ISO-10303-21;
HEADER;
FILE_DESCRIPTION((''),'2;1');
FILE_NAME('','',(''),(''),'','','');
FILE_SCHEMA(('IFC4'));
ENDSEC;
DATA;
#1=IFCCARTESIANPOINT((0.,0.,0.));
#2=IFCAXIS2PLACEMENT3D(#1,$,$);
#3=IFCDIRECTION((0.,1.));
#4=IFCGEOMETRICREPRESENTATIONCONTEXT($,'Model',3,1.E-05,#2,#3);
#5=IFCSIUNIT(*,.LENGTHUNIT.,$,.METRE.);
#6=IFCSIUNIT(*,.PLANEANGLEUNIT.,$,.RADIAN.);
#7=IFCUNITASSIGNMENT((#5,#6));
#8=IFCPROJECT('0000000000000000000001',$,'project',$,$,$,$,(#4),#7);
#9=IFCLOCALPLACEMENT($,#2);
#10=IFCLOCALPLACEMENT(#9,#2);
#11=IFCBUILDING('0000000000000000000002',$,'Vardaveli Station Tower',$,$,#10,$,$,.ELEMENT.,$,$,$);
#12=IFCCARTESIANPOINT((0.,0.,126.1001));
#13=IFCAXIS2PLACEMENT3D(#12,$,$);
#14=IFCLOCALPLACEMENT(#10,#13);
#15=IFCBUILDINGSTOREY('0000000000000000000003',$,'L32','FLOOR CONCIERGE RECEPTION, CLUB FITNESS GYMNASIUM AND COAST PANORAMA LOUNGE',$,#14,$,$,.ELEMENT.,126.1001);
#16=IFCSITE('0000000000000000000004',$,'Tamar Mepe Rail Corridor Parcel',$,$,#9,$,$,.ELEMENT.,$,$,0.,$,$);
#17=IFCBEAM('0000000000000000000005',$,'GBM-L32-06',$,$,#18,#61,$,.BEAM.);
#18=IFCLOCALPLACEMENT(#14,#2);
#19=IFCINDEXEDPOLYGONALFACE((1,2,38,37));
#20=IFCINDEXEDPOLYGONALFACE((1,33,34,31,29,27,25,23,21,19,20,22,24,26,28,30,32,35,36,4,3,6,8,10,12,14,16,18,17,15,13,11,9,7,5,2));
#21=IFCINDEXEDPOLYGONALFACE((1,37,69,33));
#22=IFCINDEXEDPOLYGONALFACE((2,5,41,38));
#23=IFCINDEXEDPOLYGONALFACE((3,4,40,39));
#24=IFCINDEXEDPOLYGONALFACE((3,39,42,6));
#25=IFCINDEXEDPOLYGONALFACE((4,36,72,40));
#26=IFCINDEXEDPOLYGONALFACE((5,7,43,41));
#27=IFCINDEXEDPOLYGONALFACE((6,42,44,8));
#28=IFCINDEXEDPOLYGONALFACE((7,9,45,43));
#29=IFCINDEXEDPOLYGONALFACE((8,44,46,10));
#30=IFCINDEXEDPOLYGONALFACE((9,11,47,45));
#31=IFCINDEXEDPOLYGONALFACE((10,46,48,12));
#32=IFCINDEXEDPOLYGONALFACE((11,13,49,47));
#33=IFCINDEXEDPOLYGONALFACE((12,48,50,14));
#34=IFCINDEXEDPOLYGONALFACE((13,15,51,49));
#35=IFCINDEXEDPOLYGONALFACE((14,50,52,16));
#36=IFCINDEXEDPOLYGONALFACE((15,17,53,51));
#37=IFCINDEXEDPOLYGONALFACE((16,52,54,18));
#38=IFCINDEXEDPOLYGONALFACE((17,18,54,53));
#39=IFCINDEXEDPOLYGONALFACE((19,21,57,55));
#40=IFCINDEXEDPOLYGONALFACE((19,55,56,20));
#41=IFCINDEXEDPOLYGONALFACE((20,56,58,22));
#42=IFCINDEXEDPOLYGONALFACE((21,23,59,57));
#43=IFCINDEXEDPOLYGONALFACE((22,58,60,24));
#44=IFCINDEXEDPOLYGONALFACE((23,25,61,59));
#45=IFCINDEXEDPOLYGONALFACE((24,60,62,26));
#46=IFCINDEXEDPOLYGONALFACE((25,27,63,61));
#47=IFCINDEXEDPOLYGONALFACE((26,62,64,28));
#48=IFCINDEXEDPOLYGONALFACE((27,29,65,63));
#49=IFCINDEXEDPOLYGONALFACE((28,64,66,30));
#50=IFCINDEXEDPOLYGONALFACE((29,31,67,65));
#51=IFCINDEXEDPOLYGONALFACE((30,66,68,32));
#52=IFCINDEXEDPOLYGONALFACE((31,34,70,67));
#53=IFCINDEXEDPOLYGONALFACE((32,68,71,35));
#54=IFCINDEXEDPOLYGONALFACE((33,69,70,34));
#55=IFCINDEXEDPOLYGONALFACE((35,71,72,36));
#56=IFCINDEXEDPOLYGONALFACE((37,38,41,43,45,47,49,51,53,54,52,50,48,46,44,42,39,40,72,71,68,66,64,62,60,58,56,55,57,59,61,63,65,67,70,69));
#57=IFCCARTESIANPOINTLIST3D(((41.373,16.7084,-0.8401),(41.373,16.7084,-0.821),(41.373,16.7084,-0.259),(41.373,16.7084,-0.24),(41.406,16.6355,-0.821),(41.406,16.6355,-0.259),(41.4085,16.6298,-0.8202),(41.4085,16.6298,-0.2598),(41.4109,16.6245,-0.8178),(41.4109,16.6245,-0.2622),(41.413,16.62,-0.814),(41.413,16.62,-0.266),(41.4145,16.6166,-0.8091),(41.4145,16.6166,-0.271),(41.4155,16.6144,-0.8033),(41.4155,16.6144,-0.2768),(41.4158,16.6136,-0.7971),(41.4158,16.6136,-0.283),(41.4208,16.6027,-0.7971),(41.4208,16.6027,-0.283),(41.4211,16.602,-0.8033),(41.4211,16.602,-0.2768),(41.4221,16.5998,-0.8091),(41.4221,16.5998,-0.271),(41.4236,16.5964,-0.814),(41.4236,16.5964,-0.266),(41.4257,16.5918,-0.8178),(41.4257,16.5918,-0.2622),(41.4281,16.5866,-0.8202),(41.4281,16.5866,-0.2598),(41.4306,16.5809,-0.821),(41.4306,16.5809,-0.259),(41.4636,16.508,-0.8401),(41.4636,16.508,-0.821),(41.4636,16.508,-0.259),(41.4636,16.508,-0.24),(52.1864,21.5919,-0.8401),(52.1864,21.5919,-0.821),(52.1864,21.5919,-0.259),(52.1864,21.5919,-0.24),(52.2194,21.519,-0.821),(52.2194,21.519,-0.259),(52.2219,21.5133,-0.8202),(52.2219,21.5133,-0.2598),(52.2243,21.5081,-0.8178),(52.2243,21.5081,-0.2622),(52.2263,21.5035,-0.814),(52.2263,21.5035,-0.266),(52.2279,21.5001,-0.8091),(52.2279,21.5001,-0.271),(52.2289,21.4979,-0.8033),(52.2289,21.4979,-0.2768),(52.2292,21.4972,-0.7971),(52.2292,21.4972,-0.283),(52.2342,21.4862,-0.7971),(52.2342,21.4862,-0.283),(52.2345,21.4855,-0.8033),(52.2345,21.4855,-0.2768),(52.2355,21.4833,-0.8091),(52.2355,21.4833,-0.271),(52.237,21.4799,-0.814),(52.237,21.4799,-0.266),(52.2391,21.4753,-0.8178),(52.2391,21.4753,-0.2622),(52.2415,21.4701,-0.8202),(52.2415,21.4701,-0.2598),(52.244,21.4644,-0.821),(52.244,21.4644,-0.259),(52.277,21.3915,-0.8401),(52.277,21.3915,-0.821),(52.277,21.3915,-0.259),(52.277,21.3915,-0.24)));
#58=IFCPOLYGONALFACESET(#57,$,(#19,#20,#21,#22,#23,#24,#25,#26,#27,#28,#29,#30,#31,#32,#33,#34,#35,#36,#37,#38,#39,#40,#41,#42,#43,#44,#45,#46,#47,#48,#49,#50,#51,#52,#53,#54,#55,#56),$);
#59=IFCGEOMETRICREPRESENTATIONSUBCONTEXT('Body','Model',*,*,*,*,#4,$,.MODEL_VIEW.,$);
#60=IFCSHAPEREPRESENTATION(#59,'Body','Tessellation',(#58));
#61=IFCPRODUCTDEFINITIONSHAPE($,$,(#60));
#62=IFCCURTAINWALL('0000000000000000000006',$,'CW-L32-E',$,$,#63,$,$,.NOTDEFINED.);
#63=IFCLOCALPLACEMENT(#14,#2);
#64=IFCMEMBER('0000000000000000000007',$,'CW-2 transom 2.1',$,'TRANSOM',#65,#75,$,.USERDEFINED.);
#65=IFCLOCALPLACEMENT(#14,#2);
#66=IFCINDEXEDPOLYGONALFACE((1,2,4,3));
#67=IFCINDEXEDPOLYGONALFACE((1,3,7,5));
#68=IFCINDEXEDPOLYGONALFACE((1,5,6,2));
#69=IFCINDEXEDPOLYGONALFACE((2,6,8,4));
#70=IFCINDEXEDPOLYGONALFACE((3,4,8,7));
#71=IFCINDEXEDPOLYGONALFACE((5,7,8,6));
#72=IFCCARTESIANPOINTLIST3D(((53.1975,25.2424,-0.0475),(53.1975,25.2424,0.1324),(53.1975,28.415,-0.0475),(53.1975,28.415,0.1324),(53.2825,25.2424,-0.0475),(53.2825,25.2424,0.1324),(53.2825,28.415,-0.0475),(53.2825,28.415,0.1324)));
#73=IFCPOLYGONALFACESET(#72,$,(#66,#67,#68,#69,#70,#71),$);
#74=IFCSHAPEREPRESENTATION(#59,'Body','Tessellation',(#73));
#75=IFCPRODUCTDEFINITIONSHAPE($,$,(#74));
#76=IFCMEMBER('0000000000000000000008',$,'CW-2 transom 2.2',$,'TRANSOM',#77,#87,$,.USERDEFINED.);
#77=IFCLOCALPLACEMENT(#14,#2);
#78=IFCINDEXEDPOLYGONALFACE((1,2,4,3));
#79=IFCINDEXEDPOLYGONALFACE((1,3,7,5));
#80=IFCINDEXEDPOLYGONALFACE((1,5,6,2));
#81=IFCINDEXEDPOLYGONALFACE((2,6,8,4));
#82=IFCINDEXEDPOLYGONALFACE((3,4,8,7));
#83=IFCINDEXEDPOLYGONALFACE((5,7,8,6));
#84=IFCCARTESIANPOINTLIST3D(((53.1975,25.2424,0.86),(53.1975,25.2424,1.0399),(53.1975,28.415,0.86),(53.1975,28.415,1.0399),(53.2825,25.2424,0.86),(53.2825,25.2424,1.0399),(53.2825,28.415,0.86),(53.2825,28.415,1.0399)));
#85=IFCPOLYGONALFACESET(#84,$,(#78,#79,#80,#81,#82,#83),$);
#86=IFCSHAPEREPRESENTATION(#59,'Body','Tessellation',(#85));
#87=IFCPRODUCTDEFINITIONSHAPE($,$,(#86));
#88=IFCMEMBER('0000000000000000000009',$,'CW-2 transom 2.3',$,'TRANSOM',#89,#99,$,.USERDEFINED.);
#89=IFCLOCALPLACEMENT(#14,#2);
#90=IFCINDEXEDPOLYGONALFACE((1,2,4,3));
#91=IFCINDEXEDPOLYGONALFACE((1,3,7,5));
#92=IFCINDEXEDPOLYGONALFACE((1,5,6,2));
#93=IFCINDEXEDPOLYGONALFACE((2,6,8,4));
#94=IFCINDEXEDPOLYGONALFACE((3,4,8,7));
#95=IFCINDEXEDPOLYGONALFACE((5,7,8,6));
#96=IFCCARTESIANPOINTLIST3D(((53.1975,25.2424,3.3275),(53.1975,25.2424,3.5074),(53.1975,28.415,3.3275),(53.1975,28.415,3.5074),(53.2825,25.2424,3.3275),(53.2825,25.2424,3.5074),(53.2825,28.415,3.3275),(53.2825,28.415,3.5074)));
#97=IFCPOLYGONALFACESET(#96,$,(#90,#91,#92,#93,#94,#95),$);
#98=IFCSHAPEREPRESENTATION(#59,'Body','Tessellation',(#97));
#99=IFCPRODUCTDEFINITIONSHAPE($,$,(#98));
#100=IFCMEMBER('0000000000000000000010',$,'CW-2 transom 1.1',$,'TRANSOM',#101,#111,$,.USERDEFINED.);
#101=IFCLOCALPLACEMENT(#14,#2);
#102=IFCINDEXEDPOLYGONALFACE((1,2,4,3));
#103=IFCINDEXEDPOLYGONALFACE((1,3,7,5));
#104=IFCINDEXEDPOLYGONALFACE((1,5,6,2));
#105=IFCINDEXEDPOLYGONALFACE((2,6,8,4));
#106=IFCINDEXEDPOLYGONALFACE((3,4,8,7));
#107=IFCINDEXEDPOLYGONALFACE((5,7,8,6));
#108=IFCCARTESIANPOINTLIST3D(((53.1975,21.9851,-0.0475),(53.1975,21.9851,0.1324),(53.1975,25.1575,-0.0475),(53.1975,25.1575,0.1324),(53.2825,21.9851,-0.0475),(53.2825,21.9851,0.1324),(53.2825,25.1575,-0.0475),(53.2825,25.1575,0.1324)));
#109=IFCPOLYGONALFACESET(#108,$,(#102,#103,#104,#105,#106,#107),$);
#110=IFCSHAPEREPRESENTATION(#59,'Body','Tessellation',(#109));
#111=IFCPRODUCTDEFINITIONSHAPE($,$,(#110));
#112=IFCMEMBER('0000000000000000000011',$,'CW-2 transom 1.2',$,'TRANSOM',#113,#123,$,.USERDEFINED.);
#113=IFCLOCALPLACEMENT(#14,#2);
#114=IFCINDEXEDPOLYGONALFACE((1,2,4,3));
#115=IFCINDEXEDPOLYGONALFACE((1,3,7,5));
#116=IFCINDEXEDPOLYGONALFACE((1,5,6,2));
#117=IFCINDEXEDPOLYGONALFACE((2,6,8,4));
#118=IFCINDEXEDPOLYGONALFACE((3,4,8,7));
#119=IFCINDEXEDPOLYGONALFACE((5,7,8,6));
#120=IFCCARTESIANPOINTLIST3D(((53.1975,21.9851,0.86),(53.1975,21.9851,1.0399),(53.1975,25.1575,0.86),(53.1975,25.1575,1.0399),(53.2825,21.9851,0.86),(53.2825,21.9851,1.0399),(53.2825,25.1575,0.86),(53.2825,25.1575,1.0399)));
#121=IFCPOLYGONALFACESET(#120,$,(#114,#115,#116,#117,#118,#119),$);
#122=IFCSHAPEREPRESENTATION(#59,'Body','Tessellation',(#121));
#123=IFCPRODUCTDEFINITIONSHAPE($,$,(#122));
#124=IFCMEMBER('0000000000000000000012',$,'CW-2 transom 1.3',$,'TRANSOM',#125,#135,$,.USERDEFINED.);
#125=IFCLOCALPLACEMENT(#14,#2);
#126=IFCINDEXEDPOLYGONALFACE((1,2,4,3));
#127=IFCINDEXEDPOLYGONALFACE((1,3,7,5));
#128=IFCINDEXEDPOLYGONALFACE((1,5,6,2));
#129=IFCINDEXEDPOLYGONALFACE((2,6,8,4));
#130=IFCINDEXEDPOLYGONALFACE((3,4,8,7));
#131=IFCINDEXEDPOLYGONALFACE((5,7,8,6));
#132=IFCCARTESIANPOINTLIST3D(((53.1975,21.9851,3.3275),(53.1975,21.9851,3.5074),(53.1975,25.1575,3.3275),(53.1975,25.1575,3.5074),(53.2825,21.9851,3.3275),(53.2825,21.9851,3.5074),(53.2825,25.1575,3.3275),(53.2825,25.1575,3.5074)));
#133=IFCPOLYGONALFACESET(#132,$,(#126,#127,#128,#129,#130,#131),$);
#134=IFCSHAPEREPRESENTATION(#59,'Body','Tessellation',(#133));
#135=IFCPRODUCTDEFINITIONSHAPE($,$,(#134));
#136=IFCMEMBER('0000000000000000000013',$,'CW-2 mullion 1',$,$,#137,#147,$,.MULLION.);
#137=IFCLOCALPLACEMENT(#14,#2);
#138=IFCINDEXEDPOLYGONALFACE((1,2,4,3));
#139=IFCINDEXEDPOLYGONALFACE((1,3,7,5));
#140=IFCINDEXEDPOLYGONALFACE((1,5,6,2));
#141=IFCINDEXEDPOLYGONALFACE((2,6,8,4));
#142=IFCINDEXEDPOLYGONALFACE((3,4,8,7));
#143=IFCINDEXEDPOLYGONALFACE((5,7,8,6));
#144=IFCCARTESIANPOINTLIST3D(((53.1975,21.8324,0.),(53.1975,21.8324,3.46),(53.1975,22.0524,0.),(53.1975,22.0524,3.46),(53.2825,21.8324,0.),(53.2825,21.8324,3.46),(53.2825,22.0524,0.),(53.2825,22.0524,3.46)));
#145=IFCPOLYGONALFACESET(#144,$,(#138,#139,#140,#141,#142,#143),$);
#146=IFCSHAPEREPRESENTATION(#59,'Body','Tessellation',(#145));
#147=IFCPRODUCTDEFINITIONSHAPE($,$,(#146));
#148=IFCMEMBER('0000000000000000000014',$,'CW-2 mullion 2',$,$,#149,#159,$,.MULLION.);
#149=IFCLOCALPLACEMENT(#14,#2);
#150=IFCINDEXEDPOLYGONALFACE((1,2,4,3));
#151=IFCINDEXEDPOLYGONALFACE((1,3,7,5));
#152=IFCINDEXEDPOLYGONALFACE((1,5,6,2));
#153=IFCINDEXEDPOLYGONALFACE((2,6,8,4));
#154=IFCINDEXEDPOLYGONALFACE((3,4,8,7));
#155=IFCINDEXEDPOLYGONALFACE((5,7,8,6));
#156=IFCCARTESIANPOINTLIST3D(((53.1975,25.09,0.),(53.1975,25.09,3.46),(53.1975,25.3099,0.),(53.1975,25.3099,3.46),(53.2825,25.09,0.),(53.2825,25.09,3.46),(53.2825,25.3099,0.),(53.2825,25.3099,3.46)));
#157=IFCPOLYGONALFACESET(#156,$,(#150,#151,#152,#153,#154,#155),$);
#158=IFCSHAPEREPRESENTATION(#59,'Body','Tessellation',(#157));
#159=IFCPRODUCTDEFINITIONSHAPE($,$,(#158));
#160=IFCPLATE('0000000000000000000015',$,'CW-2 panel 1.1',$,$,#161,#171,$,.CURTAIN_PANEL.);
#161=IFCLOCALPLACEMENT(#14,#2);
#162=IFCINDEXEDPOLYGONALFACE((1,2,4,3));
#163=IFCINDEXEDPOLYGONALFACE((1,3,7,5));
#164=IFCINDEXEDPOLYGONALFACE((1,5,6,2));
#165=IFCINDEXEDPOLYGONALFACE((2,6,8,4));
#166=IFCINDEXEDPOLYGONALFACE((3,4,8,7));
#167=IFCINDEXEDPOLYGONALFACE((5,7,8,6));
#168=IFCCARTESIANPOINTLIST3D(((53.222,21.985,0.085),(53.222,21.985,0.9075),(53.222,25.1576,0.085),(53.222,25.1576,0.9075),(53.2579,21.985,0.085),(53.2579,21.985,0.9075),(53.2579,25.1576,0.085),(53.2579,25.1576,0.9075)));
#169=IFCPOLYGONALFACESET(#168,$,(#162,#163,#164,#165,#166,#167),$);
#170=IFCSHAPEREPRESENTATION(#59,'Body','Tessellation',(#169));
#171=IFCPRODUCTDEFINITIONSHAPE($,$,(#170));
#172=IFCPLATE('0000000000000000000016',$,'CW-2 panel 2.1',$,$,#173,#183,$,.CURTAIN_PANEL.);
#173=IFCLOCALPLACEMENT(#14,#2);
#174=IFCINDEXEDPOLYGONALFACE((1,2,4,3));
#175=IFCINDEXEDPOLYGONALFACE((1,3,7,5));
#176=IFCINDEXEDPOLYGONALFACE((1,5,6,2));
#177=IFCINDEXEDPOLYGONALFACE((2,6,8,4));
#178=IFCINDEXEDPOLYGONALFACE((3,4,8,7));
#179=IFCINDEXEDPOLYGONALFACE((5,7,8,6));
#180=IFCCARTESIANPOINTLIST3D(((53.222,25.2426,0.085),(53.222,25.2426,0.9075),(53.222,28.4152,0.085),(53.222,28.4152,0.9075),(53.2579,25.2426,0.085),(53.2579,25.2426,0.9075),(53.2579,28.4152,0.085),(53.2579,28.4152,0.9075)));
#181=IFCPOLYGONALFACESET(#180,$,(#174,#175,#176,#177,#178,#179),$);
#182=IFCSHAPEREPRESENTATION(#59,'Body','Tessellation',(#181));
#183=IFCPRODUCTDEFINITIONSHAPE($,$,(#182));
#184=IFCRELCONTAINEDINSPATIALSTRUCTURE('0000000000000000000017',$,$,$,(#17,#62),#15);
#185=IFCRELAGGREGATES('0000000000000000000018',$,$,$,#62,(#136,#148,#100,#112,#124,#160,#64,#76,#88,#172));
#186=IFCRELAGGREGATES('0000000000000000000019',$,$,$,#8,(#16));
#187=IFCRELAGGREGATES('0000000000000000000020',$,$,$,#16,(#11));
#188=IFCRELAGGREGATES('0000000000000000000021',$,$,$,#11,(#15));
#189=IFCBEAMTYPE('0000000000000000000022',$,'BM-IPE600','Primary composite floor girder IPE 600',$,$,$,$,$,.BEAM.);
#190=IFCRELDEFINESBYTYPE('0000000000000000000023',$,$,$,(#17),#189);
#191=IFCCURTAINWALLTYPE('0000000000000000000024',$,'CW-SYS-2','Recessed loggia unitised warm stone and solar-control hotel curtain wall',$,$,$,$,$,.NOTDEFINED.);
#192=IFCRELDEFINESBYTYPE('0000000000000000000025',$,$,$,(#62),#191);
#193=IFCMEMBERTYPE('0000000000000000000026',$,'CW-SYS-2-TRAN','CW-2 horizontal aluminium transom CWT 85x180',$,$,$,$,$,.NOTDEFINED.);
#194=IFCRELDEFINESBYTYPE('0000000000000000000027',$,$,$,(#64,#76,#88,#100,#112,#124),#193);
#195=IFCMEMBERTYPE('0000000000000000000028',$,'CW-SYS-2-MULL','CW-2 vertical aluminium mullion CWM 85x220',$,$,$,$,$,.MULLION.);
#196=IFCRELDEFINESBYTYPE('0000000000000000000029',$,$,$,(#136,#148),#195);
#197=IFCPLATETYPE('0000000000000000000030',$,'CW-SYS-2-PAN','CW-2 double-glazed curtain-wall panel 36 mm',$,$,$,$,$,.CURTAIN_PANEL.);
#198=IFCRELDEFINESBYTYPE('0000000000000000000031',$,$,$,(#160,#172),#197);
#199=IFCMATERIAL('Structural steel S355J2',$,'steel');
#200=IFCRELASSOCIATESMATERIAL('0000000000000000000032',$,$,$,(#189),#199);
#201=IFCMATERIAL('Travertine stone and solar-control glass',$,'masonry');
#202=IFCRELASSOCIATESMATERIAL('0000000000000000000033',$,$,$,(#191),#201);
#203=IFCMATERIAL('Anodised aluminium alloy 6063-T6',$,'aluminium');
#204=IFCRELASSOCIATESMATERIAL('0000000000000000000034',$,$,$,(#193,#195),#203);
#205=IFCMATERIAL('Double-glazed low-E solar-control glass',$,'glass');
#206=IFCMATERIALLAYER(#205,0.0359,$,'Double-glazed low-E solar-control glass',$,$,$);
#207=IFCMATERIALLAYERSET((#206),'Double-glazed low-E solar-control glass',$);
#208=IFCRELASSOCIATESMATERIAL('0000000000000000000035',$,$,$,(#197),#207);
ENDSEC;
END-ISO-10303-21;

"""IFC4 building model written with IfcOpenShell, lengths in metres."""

from ifc_helpers import new_model, si_unit, direction, frame, origin, origin_2d, place, context, subcontext, project, spatial, rectangle, i_section, extrude, source, transform, mapped, material, layer, layer_set, material_profile, profile_set, type_object, element, aggregate, save


model = new_model("IFC4")

# Units and contexts
model_context = context("Model", 3, precision=1e-05, world=origin(), true_north=direction((0.0, 1.0)))
body_context = subcontext(model_context, "Body", "Model", "MODEL_VIEW")
ifc_project = project(units=[si_unit("LENGTHUNIT", "METRE"), si_unit("PLANEANGLEUNIT", "RADIAN")], contexts=[model_context])

# Site, building, storey
site_placement = place(None, origin())
site = spatial("IfcSite", under=ifc_project, at=site_placement, Name="Tamar Mepe Rail Corridor Parcel", CompositionType="ELEMENT", RefElevation=0.0)
building_placement = place(site_placement, origin())
building = spatial("IfcBuilding", under=site, at=building_placement, Name="Vardaveli Station Tower", CompositionType="ELEMENT")
storey_placement = place(building_placement, frame((0.0, 0.0, 126.1001)))
storey = spatial("IfcBuildingStorey", under=building, at=storey_placement, Name="L32", Description="FLOOR CONCIERGE RECEPTION, CLUB FITNESS GYMNASIUM AND COAST PANORAMA LOUNGE", CompositionType="ELEMENT", Elevation=126.1001)

# Beam
ifc_material_1 = material(Name="Structural steel S355J2", Category="steel")
ifc_material_profile_1 = material_profile(ifc_material_1, i_section(OverallWidth=0.22, OverallDepth=0.6001, WebThickness=0.012, FlangeThickness=0.019, FilletRadius=0.0239, at=origin_2d()), Name="IPE 600")
ifc_profile_set_1 = profile_set([ifc_material_profile_1], Name="Structural steel S355J2")
beam_type_1 = type_object("IfcBeamType", Name="BM-IPE600", Description="Primary composite floor girder IPE 600", PredefinedType="BEAM", material=ifc_profile_set_1)
shared_shape_1 = source(origin(), body_context, "Body", "SweptSolid", [
    extrude(i_section(OverallWidth=0.22, OverallDepth=0.6001, WebThickness=0.012, FlangeThickness=0.019, FilletRadius=0.0239, at=origin_2d()), origin(), (0.0, 0.0, 1.0), 11.865),
])
beam_1_placement = place(storey_placement, frame((52.2317, 21.4917, -0.54), z_axis=(-0.911369, -0.411589, 0.0), x_axis=(0.411589, -0.911369, 0.0)))
element("IfcBeam", 1, at=beam_1_placement, inside=storey, type_object=beam_type_1, Name="GBM-L32-06", PredefinedType="BEAM", context=body_context, shape_type="MappedRepresentation", body=[
    mapped(shared_shape_1, transform((0.0, 0.0, 0.0), scale=1.0)),
])

# Curtain wall, members, plates
ifc_material_2 = material(Name="Travertine stone and solar-control glass", Category="masonry")
curtain_wall_type = type_object("IfcCurtainWallType", Name="CW-SYS-2", Description="Recessed loggia unitised warm stone and solar-control hotel curtain wall", PredefinedType="NOTDEFINED", material=ifc_material_2)
curtain_wall_placement = place(storey_placement, origin())
curtain_wall = element("IfcCurtainWall", 2, at=curtain_wall_placement, inside=storey, type_object=curtain_wall_type, Name="CW-L32-E", PredefinedType="NOTDEFINED")
ifc_material_3 = material(Name="Anodised aluminium alloy 6063-T6", Category="aluminium")
ifc_material_profile_2 = material_profile(ifc_material_3, rectangle(XDim=0.085, YDim=0.1799, at=origin_2d()), Name="CWT 85x180")
ifc_profile_set_2 = profile_set([ifc_material_profile_2], Name="Anodised aluminium alloy 6063-T6")
member_type_1 = type_object("IfcMemberType", Name="CW-SYS-2-TRAN", Description="CW-2 horizontal aluminium transom CWT 85x180", PredefinedType="NOTDEFINED", material=ifc_profile_set_2)
shared_shape_2 = source(origin(), body_context, "Body", "SweptSolid", [
    extrude(rectangle(XDim=0.085, YDim=0.1799, at=origin_2d()), origin(), (0.0, 0.0, 1.0), 3.1726),
])
member_1_placement = place(storey_placement, frame((53.24, 25.2424, 0.0425), z_axis=(0.0, 1.0, 0.0), x_axis=(-1.0, 0.0, 0.0)))
member_1 = element("IfcMember", 3, at=member_1_placement, type_object=member_type_1, Name="CW-2 transom 2.1", ObjectType="TRANSOM", PredefinedType="USERDEFINED", context=body_context, shape_type="MappedRepresentation", body=[
    mapped(shared_shape_2, transform((0.0, 0.0, 0.0), scale=1.0)),
])
member_2_placement = place(storey_placement, frame((53.24, 25.2424, 0.95), z_axis=(0.0, 1.0, 0.0), x_axis=(-1.0, 0.0, 0.0)))
member_2 = element("IfcMember", 4, at=member_2_placement, type_object=member_type_1, Name="CW-2 transom 2.2", ObjectType="TRANSOM", PredefinedType="USERDEFINED", context=body_context, shape_type="MappedRepresentation", body=[
    mapped(shared_shape_2, transform((0.0, 0.0, 0.0), scale=1.0)),
])
member_3_placement = place(storey_placement, frame((53.24, 25.2424, 3.4175), z_axis=(0.0, 1.0, 0.0), x_axis=(-1.0, 0.0, 0.0)))
member_3 = element("IfcMember", 5, at=member_3_placement, type_object=member_type_1, Name="CW-2 transom 2.3", ObjectType="TRANSOM", PredefinedType="USERDEFINED", context=body_context, shape_type="MappedRepresentation", body=[
    mapped(shared_shape_2, transform((0.0, 0.0, 0.0), scale=1.0)),
])
shared_shape_3 = source(origin(), body_context, "Body", "SweptSolid", [
    extrude(rectangle(XDim=0.085, YDim=0.1799, at=origin_2d()), origin(), (0.0, 0.0, 1.0), 3.1724),
])
member_4_placement = place(storey_placement, frame((53.24, 21.9851, 0.0425), z_axis=(0.0, 1.0, 0.0), x_axis=(-1.0, 0.0, 0.0)))
member_4 = element("IfcMember", 6, at=member_4_placement, type_object=member_type_1, Name="CW-2 transom 1.1", ObjectType="TRANSOM", PredefinedType="USERDEFINED", context=body_context, shape_type="MappedRepresentation", body=[
    mapped(shared_shape_3, transform((0.0, 0.0, 0.0), scale=1.0)),
])
member_5_placement = place(storey_placement, frame((53.24, 21.9851, 0.95), z_axis=(0.0, 1.0, 0.0), x_axis=(-1.0, 0.0, 0.0)))
member_5 = element("IfcMember", 7, at=member_5_placement, type_object=member_type_1, Name="CW-2 transom 1.2", ObjectType="TRANSOM", PredefinedType="USERDEFINED", context=body_context, shape_type="MappedRepresentation", body=[
    mapped(shared_shape_3, transform((0.0, 0.0, 0.0), scale=1.0)),
])
member_6_placement = place(storey_placement, frame((53.24, 21.9851, 3.4175), z_axis=(0.0, 1.0, 0.0), x_axis=(-1.0, 0.0, 0.0)))
member_6 = element("IfcMember", 8, at=member_6_placement, type_object=member_type_1, Name="CW-2 transom 1.3", ObjectType="TRANSOM", PredefinedType="USERDEFINED", context=body_context, shape_type="MappedRepresentation", body=[
    mapped(shared_shape_3, transform((0.0, 0.0, 0.0), scale=1.0)),
])
ifc_material_profile_3 = material_profile(ifc_material_3, rectangle(XDim=0.085, YDim=0.22, at=origin_2d()), Name="CWM 85x220")
ifc_profile_set_3 = profile_set([ifc_material_profile_3], Name="Anodised aluminium alloy 6063-T6")
member_type_2 = type_object("IfcMemberType", Name="CW-SYS-2-MULL", Description="CW-2 vertical aluminium mullion CWM 85x220", PredefinedType="MULLION", material=ifc_profile_set_3)
shared_shape_4 = source(origin(), body_context, "Body", "SweptSolid", [
    extrude(rectangle(XDim=0.085, YDim=0.22, at=origin_2d()), origin(), (0.0, 0.0, 1.0), 3.46),
])
member_7_placement = place(storey_placement, frame((53.24, 21.9424, 0.0), z_axis=(0.0, 0.0, 1.0), x_axis=(-1.0, 0.0, 0.0)))
member_7 = element("IfcMember", 9, at=member_7_placement, type_object=member_type_2, Name="CW-2 mullion 1", PredefinedType="MULLION", context=body_context, shape_type="MappedRepresentation", body=[
    mapped(shared_shape_4, transform((0.0, 0.0, 0.0), scale=1.0)),
])
member_8_placement = place(storey_placement, frame((53.24, 25.2, 0.0), z_axis=(0.0, 0.0, 1.0), x_axis=(-1.0, 0.0, 0.0)))
member_8 = element("IfcMember", 10, at=member_8_placement, type_object=member_type_2, Name="CW-2 mullion 2", PredefinedType="MULLION", context=body_context, shape_type="MappedRepresentation", body=[
    mapped(shared_shape_4, transform((0.0, 0.0, 0.0), scale=1.0)),
])
ifc_material_4 = material(Name="Double-glazed low-E solar-control glass", Category="glass")
ifc_layer_1 = layer(ifc_material_4, 0.0359, Name="Double-glazed low-E solar-control glass")
ifc_layer_set_1 = layer_set([ifc_layer_1], Name="Double-glazed low-E solar-control glass")
plate_type = type_object("IfcPlateType", Name="CW-SYS-2-PAN", Description="CW-2 double-glazed curtain-wall panel 36 mm", PredefinedType="CURTAIN_PANEL", material=ifc_layer_set_1)
shared_shape_5 = source(origin(), body_context, "Body", "SweptSolid", [
    extrude(rectangle(XDim=3.1726, YDim=0.0359, at=origin_2d()), origin(), (0.0, 0.0, 1.0), 0.8225),
])
plate_1_placement = place(storey_placement, frame((53.24, 23.5713, 0.085), z_axis=(0.0, 0.0, 1.0), x_axis=(0.0, 1.0, 0.0)))
plate_1 = element("IfcPlate", 11, at=plate_1_placement, type_object=plate_type, Name="CW-2 panel 1.1", PredefinedType="CURTAIN_PANEL", context=body_context, shape_type="MappedRepresentation", body=[
    mapped(shared_shape_5, transform((0.0, 0.0, 0.0), scale=1.0)),
])
plate_2_placement = place(storey_placement, frame((53.24, 26.8289, 0.085), z_axis=(0.0, 0.0, 1.0), x_axis=(0.0, 1.0, 0.0)))
plate_2 = element("IfcPlate", 12, at=plate_2_placement, type_object=plate_type, Name="CW-2 panel 2.1", PredefinedType="CURTAIN_PANEL", context=body_context, shape_type="MappedRepresentation", body=[
    mapped(shared_shape_5, transform((0.0, 0.0, 0.0), scale=1.0)),
])
aggregate(curtain_wall, [member_7, member_8, member_4, member_5, member_6, plate_1, member_1, member_2, member_3, plate_2])

save(model, "model.ifc")
